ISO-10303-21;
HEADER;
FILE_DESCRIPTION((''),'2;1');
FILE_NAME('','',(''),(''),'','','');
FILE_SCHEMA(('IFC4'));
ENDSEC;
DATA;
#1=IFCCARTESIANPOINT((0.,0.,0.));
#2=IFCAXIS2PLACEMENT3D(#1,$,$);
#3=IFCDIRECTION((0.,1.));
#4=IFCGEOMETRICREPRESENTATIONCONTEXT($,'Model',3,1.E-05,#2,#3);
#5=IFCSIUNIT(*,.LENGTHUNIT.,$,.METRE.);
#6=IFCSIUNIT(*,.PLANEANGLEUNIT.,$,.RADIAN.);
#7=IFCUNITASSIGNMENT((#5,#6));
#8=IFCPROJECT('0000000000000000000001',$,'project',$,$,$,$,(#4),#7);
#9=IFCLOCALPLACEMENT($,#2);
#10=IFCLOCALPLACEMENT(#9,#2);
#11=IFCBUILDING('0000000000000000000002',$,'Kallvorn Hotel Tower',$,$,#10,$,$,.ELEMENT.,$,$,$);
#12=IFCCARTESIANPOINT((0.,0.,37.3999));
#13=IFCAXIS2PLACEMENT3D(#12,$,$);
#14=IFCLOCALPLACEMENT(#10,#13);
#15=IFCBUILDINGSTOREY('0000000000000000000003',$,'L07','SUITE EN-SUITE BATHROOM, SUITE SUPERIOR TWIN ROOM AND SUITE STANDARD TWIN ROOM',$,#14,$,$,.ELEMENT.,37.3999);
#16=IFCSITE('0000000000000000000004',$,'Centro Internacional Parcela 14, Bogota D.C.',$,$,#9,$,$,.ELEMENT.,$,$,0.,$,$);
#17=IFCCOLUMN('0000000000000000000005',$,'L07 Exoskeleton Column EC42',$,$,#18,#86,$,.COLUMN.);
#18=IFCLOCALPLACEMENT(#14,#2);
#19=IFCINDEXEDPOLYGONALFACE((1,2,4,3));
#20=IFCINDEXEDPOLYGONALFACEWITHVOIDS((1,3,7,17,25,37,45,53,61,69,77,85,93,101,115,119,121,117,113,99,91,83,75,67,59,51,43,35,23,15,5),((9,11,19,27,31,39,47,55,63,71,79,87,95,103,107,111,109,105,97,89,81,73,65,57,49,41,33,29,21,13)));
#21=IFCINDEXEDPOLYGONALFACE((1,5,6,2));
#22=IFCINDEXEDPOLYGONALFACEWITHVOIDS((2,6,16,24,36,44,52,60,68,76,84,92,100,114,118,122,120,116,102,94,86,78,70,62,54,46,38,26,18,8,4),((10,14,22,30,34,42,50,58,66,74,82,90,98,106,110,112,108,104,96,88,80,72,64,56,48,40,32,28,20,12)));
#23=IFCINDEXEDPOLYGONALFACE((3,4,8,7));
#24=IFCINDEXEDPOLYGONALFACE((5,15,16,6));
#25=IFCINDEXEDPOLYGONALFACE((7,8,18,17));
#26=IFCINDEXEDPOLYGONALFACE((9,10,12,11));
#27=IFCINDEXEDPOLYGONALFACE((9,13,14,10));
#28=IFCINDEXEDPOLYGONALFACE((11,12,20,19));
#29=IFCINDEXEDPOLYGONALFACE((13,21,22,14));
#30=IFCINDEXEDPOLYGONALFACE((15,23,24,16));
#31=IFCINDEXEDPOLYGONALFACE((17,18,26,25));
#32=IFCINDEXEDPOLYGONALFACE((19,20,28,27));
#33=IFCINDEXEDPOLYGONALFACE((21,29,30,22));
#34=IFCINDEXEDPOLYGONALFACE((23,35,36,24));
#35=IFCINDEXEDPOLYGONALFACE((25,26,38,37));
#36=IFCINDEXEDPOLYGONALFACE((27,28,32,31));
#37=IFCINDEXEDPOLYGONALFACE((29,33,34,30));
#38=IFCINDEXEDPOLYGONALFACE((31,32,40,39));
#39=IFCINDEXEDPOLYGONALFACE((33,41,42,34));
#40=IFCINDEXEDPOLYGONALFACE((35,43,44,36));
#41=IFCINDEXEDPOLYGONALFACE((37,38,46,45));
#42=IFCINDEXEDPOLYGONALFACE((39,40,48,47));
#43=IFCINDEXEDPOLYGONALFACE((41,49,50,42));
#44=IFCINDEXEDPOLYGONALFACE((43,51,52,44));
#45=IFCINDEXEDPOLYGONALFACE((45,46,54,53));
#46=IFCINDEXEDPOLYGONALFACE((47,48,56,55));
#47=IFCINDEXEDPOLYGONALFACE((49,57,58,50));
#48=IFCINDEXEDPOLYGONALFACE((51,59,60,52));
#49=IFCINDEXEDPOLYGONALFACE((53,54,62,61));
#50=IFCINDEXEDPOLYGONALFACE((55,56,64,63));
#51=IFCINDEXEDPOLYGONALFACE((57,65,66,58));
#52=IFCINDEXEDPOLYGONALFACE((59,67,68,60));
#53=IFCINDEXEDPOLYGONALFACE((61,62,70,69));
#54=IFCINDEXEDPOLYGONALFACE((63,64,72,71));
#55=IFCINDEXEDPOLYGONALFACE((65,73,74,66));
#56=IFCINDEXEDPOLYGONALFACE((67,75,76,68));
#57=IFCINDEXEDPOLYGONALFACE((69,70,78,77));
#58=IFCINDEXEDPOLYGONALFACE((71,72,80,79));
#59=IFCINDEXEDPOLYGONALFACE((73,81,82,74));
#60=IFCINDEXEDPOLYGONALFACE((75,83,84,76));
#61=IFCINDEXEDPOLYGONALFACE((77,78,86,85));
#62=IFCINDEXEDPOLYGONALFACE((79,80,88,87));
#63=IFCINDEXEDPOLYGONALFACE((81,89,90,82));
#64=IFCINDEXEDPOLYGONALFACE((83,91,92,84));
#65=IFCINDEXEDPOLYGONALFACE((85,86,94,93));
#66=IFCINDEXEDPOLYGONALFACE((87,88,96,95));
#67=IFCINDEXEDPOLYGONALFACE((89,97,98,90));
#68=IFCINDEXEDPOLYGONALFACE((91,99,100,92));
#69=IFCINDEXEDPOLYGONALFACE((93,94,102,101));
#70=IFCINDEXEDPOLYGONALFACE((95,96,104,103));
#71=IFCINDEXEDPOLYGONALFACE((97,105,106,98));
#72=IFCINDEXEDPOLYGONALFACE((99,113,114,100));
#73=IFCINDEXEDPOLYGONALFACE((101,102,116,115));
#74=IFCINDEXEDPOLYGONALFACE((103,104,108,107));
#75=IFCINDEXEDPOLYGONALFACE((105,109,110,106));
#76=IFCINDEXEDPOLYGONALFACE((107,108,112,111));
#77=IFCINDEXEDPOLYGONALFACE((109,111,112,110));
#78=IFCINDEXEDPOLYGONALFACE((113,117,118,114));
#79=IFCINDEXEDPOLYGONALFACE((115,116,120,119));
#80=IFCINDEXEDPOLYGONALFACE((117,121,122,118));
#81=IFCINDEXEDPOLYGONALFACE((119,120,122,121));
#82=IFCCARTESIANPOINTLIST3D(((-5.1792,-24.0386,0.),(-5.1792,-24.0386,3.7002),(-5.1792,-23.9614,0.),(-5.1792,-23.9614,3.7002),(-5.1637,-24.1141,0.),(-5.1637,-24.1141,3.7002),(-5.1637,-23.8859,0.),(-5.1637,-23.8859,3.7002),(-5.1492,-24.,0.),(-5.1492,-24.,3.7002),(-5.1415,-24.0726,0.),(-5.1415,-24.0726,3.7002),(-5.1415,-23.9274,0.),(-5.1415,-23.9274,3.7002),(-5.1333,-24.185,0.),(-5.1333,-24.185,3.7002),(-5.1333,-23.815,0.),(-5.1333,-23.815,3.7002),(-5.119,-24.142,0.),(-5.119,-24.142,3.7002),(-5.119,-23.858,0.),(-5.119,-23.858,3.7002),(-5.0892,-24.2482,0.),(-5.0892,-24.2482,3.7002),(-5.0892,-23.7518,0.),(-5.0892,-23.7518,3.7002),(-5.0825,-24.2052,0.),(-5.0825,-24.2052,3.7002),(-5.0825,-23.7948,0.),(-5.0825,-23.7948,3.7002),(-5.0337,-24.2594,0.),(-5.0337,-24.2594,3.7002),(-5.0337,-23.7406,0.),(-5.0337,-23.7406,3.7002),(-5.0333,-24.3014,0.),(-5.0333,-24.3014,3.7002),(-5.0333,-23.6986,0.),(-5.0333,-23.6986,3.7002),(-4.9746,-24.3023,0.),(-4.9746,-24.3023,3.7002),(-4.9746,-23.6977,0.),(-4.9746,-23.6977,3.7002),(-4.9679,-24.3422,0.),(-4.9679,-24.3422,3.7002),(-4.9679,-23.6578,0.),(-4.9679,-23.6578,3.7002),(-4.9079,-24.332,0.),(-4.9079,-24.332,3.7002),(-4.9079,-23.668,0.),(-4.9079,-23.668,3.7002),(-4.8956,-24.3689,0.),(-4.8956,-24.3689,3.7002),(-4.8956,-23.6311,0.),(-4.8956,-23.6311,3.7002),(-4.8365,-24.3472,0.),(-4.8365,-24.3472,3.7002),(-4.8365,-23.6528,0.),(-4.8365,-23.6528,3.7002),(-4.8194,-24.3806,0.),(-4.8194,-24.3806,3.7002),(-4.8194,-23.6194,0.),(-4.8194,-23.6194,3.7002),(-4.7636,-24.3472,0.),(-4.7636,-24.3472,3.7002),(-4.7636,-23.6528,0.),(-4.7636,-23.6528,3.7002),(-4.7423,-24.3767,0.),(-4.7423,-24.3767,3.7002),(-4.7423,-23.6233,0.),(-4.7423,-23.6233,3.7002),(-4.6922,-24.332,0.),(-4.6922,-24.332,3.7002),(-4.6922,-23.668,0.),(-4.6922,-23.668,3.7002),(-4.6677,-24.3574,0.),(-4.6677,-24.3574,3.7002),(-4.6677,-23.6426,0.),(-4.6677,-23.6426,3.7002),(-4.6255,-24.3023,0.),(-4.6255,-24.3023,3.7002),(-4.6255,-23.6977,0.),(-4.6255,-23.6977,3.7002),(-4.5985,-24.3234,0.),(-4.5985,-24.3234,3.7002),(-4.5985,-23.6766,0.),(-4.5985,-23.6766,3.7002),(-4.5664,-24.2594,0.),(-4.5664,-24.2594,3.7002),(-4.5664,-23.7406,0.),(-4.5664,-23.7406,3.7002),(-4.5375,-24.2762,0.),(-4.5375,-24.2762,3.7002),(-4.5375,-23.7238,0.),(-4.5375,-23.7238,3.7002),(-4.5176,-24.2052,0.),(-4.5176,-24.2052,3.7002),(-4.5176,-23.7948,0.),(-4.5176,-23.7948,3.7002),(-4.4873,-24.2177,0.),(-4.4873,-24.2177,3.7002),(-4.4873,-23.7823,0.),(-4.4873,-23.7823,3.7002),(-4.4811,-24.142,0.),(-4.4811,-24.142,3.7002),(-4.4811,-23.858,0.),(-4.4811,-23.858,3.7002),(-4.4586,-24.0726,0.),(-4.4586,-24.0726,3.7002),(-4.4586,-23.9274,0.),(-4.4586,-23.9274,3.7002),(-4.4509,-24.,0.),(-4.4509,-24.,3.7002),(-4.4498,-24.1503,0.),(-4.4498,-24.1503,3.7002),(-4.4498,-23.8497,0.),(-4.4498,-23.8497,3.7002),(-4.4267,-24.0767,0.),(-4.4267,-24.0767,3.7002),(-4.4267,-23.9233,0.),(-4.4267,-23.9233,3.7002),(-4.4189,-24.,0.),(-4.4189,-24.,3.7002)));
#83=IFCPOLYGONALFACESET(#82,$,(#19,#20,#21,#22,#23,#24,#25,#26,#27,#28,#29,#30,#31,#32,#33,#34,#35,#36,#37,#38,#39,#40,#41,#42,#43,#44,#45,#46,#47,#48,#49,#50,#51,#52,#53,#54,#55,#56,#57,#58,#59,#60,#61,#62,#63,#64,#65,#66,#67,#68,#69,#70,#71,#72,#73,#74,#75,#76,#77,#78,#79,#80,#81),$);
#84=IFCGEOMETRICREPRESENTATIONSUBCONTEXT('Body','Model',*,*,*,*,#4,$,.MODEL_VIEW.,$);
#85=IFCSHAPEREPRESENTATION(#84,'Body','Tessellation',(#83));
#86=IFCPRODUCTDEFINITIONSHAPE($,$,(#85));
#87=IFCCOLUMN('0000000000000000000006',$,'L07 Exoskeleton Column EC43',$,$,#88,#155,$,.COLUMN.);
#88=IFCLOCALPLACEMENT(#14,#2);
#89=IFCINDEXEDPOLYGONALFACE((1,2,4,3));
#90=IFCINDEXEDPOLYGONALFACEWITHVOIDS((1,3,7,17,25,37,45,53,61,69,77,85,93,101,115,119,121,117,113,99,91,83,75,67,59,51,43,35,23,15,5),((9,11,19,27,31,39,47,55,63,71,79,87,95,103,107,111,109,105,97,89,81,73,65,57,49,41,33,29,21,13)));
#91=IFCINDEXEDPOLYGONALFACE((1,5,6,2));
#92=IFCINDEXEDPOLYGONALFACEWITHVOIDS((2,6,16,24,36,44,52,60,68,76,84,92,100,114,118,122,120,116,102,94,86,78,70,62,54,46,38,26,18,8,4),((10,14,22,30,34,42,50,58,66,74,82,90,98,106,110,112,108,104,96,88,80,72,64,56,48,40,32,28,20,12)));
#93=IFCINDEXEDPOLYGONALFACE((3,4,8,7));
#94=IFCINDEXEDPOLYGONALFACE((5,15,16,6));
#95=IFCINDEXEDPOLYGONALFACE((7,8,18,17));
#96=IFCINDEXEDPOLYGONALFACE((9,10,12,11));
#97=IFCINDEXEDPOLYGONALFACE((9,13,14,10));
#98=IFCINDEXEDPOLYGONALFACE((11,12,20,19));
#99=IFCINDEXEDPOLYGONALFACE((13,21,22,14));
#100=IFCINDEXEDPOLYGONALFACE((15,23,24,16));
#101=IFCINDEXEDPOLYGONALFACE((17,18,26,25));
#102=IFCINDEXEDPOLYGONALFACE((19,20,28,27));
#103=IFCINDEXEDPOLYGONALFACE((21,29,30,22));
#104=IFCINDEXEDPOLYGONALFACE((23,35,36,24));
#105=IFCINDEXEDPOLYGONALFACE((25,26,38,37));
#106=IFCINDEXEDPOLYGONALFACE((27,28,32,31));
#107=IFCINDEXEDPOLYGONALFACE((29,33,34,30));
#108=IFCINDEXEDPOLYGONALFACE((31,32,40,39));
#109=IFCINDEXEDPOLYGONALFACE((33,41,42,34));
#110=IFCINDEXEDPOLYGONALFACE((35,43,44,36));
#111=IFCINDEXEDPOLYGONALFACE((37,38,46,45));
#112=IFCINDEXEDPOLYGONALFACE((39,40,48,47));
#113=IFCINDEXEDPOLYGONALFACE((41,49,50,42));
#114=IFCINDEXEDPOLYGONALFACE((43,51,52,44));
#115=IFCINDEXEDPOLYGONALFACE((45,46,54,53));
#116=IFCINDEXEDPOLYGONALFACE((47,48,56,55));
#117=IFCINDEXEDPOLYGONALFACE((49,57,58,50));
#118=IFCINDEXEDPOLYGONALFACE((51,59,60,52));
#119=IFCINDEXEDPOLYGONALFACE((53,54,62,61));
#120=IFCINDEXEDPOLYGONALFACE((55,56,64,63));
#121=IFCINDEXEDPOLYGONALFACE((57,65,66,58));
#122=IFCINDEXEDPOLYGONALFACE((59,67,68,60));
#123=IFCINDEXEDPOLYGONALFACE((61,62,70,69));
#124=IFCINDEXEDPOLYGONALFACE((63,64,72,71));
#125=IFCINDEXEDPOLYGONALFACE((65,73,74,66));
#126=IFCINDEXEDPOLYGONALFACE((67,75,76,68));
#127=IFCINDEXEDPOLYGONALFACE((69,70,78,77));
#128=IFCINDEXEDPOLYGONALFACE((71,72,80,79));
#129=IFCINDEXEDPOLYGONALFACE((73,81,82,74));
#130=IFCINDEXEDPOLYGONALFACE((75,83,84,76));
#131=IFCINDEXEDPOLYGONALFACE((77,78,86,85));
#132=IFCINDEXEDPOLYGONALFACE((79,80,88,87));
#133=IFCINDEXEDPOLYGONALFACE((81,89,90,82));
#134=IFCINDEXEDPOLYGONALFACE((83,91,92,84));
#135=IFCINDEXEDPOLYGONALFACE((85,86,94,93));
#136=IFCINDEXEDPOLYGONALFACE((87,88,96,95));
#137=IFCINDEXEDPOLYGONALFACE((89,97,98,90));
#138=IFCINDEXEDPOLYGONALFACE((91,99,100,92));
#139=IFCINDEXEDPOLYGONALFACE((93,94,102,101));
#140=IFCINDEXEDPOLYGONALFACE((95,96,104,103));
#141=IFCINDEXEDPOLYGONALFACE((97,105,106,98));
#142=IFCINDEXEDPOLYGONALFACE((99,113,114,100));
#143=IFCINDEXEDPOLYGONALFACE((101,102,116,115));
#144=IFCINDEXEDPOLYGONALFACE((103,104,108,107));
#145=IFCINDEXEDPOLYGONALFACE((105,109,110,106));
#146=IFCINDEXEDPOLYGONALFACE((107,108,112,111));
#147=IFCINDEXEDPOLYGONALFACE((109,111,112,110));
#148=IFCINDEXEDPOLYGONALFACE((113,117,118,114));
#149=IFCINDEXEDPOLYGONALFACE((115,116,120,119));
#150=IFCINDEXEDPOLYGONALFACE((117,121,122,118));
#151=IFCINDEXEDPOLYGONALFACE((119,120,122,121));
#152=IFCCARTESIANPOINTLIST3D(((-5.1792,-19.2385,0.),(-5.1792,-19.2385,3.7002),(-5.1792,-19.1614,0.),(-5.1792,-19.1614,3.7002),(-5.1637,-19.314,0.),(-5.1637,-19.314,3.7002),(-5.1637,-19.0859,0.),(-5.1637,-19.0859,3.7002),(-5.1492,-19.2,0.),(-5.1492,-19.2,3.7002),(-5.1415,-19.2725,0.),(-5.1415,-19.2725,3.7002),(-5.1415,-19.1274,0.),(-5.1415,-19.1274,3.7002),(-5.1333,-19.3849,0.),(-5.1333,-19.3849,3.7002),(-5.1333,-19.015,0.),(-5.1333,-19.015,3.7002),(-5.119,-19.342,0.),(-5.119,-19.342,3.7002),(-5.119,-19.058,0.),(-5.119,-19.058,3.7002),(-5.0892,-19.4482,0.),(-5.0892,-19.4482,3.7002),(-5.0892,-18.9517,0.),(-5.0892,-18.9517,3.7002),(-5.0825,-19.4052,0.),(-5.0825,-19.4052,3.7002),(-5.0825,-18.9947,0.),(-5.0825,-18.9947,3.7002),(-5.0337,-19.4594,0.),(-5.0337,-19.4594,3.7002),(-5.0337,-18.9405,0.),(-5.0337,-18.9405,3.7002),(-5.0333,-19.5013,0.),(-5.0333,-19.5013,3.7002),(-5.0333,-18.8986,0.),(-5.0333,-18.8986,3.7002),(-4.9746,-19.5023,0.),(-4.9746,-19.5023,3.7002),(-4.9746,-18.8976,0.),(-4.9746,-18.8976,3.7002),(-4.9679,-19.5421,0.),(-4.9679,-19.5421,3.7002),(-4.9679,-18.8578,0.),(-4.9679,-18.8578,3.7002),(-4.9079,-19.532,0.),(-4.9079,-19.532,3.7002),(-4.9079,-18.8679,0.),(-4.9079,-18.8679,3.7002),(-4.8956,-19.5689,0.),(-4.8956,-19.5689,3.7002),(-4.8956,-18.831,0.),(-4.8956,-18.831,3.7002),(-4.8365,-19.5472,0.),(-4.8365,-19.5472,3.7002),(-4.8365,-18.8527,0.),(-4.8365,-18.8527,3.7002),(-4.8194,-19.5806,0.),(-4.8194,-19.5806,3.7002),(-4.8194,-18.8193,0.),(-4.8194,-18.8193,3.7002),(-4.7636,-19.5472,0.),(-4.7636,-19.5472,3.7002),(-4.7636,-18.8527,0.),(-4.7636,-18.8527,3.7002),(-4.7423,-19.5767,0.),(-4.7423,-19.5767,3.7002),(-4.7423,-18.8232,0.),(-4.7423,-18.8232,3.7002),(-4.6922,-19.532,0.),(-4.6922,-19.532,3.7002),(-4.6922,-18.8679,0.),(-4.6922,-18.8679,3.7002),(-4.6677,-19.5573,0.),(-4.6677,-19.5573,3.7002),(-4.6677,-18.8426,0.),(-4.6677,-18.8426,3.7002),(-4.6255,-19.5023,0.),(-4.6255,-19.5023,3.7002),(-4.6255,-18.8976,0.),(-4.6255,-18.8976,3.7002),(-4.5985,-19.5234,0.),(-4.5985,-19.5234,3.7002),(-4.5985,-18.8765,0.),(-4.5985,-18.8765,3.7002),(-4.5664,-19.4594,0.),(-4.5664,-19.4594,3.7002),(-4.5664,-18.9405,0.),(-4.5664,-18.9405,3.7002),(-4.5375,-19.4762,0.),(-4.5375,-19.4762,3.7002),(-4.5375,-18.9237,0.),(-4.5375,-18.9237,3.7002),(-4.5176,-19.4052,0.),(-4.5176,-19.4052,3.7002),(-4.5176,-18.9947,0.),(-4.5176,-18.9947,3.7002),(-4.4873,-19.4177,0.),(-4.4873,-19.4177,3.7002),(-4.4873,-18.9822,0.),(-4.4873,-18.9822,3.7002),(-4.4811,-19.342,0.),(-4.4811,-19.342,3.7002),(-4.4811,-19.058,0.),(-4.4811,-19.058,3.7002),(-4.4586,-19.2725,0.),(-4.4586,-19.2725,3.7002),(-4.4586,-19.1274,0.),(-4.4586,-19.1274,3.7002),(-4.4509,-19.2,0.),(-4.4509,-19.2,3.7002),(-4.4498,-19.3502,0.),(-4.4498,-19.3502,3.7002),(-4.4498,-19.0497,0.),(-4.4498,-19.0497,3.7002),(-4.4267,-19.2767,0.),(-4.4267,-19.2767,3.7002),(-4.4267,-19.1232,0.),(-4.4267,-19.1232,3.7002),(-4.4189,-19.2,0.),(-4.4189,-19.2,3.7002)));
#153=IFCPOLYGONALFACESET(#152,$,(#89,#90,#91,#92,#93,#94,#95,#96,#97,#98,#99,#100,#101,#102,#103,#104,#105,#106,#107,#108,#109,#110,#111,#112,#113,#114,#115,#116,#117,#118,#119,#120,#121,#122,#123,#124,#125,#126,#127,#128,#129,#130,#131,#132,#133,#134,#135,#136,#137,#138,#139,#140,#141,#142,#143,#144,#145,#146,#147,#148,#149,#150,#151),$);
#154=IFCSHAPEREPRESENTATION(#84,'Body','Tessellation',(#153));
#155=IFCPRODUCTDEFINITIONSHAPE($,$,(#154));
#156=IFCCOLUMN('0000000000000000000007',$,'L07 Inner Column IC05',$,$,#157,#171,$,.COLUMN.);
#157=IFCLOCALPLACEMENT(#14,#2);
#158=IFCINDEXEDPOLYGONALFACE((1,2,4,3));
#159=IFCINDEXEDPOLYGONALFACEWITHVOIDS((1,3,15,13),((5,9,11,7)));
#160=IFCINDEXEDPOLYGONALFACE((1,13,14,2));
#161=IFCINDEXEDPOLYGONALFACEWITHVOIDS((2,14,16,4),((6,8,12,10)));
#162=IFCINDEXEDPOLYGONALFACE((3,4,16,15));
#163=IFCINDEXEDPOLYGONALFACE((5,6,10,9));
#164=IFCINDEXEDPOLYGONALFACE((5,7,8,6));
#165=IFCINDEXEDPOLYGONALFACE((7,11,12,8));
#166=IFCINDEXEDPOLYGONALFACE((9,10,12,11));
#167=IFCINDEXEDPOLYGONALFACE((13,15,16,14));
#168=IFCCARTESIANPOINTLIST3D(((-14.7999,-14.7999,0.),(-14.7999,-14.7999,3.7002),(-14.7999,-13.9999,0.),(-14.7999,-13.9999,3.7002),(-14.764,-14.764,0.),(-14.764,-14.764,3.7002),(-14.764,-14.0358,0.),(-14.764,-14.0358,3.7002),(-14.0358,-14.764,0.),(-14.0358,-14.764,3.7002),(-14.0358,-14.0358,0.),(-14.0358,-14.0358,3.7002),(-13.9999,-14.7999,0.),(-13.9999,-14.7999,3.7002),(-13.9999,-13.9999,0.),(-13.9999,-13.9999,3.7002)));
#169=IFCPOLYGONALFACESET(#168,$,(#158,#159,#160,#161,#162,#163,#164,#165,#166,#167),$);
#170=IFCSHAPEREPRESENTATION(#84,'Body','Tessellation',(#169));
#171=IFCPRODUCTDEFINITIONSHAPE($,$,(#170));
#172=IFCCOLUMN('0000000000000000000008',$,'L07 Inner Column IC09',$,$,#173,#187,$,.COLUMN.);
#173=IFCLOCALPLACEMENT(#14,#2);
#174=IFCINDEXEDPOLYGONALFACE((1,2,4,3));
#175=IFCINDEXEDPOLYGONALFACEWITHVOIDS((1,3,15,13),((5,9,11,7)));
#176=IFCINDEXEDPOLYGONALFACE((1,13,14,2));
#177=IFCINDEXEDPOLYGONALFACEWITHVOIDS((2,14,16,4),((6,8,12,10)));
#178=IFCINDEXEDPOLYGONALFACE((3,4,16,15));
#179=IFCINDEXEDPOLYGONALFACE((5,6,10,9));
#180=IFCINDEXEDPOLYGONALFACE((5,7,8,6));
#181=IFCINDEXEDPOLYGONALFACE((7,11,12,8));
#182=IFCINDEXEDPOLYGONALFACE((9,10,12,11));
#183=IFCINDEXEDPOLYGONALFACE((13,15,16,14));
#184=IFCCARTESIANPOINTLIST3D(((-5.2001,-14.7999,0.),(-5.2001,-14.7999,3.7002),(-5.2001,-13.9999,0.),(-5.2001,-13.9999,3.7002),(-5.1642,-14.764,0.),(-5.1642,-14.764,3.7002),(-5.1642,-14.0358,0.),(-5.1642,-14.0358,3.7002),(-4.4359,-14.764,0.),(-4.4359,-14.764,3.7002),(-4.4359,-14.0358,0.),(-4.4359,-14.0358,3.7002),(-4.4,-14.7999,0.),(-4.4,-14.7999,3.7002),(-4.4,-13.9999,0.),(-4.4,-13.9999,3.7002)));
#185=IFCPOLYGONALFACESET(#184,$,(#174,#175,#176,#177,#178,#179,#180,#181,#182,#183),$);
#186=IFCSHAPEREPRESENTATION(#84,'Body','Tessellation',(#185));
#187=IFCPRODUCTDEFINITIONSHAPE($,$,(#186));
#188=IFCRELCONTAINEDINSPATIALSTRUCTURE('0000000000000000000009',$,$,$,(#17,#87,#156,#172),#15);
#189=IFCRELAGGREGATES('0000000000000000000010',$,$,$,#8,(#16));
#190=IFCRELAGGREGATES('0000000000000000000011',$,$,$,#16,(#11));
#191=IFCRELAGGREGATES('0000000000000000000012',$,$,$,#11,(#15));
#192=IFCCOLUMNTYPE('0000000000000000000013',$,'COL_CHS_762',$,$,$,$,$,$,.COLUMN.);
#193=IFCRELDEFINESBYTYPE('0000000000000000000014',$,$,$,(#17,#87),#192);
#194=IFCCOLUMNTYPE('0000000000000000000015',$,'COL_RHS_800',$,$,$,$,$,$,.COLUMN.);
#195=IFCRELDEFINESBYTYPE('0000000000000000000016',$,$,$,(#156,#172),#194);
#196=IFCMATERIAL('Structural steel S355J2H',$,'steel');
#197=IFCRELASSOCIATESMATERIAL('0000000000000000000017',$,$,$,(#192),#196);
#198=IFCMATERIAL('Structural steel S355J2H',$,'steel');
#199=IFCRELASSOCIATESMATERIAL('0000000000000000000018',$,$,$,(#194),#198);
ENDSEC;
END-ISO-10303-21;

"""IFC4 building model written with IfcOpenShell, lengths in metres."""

from ifc_helpers import new_model, si_unit, direction, frame, origin, origin_2d, place, context, subcontext, project, spatial, hollow_rectangle, hollow_circle, extrude, material, material_profile, profile_set, type_object, element, save


model = new_model("IFC4")

# Units and contexts
model_context = context("Model", 3, precision=1e-05, world=origin(), true_north=direction((0.0, 1.0)))
body_context = subcontext(model_context, "Body", "Model", "MODEL_VIEW")
ifc_project = project(units=[si_unit("LENGTHUNIT", "METRE"), si_unit("PLANEANGLEUNIT", "RADIAN")], contexts=[model_context])

# Site, building, storey
site_placement = place(None, origin())
site = spatial("IfcSite", under=ifc_project, at=site_placement, Name="Centro Internacional Parcela 14, Bogota D.C.", CompositionType="ELEMENT", RefElevation=0.0)
building_placement = place(site_placement, origin())
building = spatial("IfcBuilding", under=site, at=building_placement, Name="Kallvorn Hotel Tower", CompositionType="ELEMENT")
storey_placement = place(building_placement, frame((0.0, 0.0, 37.3999)))
storey = spatial("IfcBuildingStorey", under=building, at=storey_placement, Name="L07", Description="SUITE EN-SUITE BATHROOM, SUITE SUPERIOR TWIN ROOM AND SUITE STANDARD TWIN ROOM", CompositionType="ELEMENT", Elevation=37.3999)

# Columns
ifc_material_1 = material(Name="Structural steel S355J2H", Category="steel")
ifc_material_profile_1 = material_profile(ifc_material_1, hollow_circle(Radius=0.3811, WallThickness=0.032, at=origin_2d()), Name="CHS 762x32")
ifc_profile_set_1 = profile_set([ifc_material_profile_1], Name="Structural steel S355J2H")
column_type_1 = type_object("IfcColumnType", Name="COL_CHS_762", PredefinedType="COLUMN", material=ifc_profile_set_1)
for number, where, z_axis, x_axis, name in (
    (1, (-4.8, -24.0, 0.0), (0.0, 0.0, 1.0), (1.0, 0.0, 0.0), "L07 Exoskeleton Column EC42"),
    (2, (-4.8, -19.2, 0.0), (0.0, 0.0, 1.0), (1.0, 0.0, 0.0), "L07 Exoskeleton Column EC43"),
):
    element("IfcColumn", number, at=place(storey_placement, frame(where, z_axis=z_axis, x_axis=x_axis)), inside=storey, type_object=column_type_1, Name=name, PredefinedType="COLUMN", context=body_context, shape_type="SweptSolid", body=[
        extrude(hollow_circle(Radius=0.3811, WallThickness=0.032, at=origin_2d()), origin(), (0.0, 0.0, 1.0), 3.7002),
    ])
ifc_material_2 = material(Name="Structural steel S355J2H", Category="steel")
ifc_material_profile_2 = material_profile(ifc_material_2, hollow_rectangle(XDim=0.8, YDim=0.8, WallThickness=0.0359, at=origin_2d()), Name="RHS 800x800x36")
ifc_profile_set_2 = profile_set([ifc_material_profile_2], Name="Structural steel S355J2H")
column_type_2 = type_object("IfcColumnType", Name="COL_RHS_800", PredefinedType="COLUMN", material=ifc_profile_set_2)
for number, where, z_axis, x_axis, name in (
    (3, (-14.3999, -14.3999, 0.0), (0.0, 0.0, 1.0), (1.0, 0.0, 0.0), "L07 Inner Column IC05"),
    (4, (-4.8, -14.3999, 0.0), (0.0, 0.0, 1.0), (1.0, 0.0, 0.0), "L07 Inner Column IC09"),
):
    element("IfcColumn", number, at=place(storey_placement, frame(where, z_axis=z_axis, x_axis=x_axis)), inside=storey, type_object=column_type_2, Name=name, PredefinedType="COLUMN", context=body_context, shape_type="SweptSolid", body=[
        extrude(hollow_rectangle(XDim=0.8, YDim=0.8, WallThickness=0.0359, at=origin_2d()), origin(), (0.0, 0.0, 1.0), 3.7002),
    ])

save(model, "model.ifc")
